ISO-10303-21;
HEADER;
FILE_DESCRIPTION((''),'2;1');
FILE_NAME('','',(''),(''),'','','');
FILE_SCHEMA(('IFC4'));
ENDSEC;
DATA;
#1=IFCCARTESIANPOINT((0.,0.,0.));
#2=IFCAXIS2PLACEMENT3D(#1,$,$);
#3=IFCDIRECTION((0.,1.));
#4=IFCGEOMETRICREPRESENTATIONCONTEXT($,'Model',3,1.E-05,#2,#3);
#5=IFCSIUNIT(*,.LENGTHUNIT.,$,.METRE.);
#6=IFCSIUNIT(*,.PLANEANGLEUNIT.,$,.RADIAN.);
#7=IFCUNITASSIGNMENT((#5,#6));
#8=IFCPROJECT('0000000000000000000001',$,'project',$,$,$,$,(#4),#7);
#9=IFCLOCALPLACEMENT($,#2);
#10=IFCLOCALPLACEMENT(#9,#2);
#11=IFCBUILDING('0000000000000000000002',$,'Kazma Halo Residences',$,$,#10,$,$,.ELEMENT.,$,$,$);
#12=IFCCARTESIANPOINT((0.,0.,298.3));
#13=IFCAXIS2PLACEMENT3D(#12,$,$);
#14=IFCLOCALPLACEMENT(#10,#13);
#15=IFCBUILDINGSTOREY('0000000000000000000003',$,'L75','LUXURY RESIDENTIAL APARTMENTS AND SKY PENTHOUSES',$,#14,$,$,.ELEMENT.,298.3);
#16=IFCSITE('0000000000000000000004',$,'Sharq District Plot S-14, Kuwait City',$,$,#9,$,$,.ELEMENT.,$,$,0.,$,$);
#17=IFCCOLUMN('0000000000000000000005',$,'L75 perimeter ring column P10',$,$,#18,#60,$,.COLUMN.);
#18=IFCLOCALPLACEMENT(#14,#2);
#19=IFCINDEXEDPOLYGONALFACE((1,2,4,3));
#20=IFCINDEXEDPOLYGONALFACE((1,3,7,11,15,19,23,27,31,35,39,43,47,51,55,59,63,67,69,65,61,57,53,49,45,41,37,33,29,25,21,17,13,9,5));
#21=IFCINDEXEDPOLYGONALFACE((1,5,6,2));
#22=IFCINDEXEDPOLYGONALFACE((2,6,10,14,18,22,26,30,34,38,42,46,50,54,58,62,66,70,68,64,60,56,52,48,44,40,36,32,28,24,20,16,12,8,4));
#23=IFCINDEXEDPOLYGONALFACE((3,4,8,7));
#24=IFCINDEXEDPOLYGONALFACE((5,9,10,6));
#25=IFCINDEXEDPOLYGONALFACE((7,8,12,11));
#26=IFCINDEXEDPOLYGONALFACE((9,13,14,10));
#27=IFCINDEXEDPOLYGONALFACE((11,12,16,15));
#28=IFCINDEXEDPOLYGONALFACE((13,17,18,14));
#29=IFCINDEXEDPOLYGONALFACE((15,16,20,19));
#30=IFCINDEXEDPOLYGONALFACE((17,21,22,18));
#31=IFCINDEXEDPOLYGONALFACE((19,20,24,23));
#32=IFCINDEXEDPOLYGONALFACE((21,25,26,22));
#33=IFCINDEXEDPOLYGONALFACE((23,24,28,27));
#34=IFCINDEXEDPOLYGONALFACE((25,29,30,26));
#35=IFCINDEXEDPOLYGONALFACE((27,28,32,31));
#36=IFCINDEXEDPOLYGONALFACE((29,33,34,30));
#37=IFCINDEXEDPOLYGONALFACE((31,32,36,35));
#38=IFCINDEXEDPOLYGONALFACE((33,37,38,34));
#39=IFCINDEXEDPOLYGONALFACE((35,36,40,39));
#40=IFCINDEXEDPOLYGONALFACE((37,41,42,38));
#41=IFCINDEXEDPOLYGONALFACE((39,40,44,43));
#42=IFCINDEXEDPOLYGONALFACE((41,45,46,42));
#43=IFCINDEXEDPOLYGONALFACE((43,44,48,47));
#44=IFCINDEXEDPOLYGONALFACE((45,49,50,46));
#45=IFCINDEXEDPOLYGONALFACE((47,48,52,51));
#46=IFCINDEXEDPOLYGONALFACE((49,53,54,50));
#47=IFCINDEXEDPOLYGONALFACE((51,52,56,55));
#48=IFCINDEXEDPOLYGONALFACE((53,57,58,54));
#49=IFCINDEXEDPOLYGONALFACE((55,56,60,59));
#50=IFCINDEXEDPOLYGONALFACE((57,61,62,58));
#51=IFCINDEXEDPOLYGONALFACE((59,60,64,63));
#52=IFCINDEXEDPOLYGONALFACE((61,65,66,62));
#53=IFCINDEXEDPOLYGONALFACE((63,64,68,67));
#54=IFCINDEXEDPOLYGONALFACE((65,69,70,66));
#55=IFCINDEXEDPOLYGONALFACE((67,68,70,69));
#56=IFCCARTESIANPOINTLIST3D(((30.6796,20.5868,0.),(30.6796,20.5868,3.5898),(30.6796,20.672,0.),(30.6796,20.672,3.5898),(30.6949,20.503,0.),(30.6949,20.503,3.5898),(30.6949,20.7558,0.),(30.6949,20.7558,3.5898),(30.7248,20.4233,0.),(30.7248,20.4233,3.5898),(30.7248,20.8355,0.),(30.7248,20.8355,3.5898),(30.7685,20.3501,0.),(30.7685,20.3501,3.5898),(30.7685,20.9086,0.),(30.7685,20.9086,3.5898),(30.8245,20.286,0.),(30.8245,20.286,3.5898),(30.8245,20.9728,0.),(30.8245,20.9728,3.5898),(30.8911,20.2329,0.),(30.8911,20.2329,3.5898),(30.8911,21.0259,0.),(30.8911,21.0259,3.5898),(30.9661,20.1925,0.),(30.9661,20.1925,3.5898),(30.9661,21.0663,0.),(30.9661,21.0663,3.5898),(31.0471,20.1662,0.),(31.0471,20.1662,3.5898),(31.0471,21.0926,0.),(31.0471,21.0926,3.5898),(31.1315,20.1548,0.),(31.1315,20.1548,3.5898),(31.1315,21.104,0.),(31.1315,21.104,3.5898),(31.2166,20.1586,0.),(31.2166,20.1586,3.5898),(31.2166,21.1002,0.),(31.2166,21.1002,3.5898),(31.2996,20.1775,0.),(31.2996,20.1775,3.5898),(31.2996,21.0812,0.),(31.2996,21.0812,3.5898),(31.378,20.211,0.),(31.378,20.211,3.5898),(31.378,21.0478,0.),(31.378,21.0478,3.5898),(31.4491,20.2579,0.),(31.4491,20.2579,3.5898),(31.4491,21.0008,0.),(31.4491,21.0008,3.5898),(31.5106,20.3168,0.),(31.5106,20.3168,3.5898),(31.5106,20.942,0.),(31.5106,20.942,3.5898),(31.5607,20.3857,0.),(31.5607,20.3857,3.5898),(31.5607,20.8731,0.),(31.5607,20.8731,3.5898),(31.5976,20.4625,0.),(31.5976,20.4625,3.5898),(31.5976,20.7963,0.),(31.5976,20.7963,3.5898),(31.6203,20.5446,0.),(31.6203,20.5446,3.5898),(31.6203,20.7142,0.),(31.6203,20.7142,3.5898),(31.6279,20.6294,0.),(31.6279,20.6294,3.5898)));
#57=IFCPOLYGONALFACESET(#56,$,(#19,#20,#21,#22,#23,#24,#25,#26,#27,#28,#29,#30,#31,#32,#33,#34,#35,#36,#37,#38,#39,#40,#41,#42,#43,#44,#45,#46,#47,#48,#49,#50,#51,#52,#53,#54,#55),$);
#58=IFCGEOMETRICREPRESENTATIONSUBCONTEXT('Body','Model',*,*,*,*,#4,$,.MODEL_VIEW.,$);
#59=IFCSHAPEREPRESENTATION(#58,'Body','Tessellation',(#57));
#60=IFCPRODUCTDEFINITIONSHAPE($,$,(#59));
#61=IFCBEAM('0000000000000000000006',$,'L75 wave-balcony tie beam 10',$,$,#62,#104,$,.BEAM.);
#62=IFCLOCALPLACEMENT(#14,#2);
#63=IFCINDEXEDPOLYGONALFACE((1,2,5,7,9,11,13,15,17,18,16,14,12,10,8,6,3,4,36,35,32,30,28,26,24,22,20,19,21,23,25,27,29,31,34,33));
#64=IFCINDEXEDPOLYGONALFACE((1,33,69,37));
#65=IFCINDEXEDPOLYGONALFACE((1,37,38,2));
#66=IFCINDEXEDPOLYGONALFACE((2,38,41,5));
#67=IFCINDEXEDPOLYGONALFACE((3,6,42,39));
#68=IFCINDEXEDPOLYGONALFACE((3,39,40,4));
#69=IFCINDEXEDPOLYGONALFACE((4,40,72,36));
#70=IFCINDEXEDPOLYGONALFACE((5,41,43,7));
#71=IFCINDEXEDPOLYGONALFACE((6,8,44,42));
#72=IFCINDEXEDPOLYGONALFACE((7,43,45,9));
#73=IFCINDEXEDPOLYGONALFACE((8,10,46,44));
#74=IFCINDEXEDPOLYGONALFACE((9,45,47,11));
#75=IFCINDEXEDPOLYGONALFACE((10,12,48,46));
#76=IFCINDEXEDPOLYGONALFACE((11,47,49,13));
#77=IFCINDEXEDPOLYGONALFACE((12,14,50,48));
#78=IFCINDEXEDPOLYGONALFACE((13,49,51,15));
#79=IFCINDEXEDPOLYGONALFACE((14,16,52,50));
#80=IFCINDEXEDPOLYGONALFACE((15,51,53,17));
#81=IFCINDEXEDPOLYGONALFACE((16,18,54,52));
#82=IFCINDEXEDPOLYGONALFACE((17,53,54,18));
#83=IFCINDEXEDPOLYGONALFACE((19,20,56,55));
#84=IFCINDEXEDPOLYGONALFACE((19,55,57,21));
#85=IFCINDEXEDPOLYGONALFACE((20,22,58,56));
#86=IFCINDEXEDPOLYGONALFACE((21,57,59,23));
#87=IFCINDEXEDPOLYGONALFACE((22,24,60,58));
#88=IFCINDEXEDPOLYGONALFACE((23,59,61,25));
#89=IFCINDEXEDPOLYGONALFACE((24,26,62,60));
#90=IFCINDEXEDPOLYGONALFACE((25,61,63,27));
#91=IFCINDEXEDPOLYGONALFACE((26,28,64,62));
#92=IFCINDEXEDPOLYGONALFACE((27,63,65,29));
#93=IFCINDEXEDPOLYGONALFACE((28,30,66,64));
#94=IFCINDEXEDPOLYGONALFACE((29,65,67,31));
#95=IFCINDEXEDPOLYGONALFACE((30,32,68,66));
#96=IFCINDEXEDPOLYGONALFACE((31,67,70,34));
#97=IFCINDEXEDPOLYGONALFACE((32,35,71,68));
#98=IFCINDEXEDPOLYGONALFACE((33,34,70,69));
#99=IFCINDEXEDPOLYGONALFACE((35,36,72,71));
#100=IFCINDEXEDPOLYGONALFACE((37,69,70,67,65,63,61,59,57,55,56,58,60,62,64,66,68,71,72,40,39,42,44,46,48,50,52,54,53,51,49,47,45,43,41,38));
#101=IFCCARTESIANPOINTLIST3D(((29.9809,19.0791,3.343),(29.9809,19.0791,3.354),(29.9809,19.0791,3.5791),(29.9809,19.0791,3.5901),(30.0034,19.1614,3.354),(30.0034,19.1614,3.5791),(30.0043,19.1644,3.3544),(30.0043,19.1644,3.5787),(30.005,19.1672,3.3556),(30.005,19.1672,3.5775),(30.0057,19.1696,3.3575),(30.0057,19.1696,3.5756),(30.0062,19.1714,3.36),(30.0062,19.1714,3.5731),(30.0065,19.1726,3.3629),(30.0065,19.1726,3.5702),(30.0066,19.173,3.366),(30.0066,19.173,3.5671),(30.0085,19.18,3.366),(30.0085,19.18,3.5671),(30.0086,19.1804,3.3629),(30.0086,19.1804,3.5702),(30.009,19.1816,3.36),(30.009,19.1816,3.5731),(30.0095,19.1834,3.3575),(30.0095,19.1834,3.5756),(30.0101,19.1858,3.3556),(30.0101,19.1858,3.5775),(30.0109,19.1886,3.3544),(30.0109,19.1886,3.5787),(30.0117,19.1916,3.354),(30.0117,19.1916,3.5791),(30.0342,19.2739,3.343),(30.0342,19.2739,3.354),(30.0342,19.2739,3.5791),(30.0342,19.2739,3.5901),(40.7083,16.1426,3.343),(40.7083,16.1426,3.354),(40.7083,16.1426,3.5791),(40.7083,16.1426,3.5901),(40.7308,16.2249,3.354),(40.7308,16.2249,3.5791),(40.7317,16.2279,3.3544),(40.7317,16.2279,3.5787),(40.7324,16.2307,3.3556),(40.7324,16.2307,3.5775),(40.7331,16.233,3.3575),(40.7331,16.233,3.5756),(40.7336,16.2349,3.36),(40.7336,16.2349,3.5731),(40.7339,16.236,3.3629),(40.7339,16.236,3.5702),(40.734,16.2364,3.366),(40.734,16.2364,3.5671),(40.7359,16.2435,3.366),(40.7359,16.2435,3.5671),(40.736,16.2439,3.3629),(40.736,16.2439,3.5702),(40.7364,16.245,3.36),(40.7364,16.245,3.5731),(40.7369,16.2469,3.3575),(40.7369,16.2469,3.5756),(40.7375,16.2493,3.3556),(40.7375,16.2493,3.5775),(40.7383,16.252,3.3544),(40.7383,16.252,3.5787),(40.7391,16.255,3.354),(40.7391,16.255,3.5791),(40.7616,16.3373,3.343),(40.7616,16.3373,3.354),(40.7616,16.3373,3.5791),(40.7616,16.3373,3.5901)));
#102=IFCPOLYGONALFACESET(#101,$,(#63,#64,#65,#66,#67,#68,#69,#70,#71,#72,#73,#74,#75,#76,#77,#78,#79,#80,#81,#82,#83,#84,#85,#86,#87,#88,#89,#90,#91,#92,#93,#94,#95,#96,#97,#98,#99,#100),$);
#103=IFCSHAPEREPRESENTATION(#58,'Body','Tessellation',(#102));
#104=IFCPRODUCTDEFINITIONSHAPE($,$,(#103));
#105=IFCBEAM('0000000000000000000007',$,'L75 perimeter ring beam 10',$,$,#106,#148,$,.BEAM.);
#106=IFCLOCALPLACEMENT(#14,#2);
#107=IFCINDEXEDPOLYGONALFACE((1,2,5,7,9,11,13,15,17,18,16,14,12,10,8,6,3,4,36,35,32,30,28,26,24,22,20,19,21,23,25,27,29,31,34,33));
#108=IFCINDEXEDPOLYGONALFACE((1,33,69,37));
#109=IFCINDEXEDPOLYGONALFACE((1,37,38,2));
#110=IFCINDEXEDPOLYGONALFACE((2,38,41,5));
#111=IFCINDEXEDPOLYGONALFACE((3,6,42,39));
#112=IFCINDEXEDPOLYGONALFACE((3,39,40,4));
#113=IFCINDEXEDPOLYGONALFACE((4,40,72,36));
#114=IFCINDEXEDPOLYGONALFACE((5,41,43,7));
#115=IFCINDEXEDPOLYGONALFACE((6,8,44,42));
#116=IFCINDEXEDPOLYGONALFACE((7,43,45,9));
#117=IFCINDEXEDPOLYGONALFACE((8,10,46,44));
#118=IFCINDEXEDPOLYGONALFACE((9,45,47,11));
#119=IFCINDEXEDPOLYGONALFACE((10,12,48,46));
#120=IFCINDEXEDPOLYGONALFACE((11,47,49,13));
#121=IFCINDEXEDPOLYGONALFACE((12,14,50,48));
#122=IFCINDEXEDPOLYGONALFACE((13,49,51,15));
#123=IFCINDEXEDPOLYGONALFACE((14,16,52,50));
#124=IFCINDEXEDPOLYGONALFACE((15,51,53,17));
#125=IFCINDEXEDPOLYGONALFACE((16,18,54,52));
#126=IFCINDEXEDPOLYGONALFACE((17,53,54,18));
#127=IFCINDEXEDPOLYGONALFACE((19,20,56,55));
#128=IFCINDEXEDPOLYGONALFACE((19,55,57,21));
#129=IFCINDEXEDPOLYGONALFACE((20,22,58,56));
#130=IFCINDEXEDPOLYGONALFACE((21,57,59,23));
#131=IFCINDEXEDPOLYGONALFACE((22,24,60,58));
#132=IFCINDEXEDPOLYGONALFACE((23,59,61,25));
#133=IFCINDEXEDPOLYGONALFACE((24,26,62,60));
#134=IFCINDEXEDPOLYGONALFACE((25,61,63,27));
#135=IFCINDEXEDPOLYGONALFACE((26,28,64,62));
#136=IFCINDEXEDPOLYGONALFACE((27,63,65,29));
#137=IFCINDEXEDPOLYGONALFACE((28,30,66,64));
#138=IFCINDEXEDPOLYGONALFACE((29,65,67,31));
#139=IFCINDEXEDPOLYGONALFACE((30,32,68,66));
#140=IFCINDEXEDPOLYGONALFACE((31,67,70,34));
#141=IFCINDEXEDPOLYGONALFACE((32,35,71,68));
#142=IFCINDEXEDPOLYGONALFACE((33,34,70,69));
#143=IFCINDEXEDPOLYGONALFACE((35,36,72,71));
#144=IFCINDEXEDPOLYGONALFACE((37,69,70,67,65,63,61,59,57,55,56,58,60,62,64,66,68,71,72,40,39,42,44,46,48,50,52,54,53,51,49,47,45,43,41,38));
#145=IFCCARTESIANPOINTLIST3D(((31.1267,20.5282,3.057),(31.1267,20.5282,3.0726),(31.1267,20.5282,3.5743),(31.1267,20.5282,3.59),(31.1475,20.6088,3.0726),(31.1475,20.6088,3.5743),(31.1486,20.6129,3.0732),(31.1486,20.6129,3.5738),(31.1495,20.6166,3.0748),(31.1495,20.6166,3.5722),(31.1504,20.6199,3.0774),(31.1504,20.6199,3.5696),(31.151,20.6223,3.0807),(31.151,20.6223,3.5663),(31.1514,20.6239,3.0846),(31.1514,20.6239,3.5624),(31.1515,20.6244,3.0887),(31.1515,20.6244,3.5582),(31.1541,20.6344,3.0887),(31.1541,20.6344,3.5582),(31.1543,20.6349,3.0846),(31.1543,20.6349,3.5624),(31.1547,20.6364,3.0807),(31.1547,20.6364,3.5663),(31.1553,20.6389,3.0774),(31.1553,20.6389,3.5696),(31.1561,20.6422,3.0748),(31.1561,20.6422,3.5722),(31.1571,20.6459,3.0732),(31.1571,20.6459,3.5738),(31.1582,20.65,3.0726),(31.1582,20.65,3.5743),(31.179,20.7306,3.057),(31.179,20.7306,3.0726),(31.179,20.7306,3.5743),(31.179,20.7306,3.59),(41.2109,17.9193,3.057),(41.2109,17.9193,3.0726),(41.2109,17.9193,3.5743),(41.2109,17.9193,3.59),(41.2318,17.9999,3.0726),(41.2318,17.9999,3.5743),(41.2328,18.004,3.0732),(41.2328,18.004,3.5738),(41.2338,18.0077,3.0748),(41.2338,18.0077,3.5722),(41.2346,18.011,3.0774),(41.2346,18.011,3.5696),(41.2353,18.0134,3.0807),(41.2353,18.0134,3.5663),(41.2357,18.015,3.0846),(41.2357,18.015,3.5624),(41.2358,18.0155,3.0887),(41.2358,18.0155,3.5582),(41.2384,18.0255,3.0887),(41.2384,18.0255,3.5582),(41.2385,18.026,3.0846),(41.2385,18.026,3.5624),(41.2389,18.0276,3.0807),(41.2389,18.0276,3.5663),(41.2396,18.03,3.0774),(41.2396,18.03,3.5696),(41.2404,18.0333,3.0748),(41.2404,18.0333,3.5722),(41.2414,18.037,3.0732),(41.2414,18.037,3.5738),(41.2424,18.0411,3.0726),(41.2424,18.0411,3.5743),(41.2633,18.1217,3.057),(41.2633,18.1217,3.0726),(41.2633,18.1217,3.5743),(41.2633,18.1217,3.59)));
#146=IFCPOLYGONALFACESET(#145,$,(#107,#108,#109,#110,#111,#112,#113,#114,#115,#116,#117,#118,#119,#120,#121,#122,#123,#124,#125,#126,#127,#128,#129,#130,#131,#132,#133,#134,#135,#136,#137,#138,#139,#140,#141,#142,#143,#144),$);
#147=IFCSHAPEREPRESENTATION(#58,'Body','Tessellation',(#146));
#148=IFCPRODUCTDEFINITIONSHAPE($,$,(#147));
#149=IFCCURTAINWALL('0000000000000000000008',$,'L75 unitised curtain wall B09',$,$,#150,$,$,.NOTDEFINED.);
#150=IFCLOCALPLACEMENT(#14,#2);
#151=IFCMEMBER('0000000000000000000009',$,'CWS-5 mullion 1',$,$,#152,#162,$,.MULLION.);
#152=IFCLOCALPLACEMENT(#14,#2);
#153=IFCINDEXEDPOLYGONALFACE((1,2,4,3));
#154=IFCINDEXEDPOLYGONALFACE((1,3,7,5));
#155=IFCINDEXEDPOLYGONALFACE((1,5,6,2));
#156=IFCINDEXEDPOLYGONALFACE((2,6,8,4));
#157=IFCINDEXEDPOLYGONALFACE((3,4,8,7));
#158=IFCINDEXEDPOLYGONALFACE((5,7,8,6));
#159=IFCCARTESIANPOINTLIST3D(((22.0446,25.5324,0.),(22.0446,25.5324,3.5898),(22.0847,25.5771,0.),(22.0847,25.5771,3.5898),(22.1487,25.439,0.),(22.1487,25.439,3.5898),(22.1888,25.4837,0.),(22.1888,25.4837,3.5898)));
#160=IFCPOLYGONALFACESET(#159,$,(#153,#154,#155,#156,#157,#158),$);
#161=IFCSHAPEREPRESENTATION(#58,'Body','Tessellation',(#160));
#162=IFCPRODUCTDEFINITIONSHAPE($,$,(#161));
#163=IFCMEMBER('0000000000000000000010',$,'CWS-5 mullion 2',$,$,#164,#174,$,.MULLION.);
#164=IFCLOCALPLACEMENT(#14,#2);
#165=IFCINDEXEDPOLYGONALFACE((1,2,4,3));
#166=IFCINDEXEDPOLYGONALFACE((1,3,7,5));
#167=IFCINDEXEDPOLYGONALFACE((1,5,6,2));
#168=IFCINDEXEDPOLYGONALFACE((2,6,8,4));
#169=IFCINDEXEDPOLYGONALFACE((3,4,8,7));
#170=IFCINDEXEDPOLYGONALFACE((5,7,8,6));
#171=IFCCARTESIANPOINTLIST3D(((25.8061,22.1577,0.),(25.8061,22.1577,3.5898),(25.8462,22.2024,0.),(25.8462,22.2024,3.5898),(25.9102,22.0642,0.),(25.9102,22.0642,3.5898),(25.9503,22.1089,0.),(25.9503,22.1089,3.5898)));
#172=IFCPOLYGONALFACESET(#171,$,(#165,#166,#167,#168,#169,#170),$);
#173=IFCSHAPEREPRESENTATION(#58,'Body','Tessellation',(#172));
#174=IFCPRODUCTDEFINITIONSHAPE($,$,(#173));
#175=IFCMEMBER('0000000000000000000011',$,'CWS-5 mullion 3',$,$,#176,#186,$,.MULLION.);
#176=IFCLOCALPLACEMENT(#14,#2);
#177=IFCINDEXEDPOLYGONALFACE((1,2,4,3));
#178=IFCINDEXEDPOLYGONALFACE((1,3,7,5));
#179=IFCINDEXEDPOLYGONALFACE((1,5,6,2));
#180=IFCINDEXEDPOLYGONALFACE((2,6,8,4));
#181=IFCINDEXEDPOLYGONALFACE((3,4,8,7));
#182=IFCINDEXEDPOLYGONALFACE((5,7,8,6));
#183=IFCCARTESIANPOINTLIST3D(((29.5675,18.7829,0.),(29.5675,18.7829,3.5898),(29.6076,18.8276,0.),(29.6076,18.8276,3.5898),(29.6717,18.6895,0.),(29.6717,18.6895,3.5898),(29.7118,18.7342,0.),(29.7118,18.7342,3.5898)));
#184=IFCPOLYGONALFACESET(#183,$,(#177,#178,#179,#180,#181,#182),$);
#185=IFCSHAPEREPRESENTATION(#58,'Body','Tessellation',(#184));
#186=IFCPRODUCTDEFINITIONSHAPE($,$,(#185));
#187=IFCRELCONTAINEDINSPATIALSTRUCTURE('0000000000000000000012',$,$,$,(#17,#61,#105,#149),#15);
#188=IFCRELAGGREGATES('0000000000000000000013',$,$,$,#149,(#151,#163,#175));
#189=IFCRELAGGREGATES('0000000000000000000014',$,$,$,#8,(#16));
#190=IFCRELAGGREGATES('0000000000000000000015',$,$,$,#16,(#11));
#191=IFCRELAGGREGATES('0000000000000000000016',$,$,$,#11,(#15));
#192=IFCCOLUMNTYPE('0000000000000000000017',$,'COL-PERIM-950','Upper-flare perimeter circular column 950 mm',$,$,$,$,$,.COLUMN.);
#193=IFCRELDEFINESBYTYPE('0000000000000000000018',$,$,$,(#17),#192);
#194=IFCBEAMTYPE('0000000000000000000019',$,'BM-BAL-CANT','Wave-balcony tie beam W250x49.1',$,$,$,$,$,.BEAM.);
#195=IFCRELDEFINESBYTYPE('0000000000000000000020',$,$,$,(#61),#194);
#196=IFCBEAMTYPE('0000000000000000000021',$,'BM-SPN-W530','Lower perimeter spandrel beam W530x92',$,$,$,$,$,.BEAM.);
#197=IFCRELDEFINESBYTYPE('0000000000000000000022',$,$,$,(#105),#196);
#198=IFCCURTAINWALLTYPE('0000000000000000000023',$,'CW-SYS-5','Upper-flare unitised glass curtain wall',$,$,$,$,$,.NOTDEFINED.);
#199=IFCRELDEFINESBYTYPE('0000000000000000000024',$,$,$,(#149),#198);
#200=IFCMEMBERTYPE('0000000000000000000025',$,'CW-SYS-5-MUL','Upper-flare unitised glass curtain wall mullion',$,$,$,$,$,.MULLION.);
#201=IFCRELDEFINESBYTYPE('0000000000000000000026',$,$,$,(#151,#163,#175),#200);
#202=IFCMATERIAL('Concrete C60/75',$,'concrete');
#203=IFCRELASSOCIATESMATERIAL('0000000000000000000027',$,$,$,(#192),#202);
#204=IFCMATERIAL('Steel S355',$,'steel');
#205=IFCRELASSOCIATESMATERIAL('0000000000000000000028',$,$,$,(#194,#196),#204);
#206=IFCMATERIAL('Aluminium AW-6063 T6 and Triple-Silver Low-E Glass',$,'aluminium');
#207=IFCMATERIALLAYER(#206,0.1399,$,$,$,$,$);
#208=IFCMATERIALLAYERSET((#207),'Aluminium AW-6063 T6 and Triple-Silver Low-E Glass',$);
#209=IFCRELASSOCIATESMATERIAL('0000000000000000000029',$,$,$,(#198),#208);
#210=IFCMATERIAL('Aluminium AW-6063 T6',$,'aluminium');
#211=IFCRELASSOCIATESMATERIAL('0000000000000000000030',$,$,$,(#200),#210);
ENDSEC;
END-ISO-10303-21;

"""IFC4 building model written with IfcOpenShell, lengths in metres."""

from ifc_helpers import new_model, si_unit, direction, frame, origin, origin_2d, place, context, subcontext, project, spatial, rectangle, circle, i_section, extrude, material, layer, layer_set, material_profile, profile_set, type_object, element, aggregate, save


model = new_model("IFC4")

# Units and contexts
model_context = context("Model", 3, precision=1e-05, world=origin(), true_north=direction((0.0, 1.0)))
body_context = subcontext(model_context, "Body", "Model", "MODEL_VIEW")
ifc_project = project(units=[si_unit("LENGTHUNIT", "METRE"), si_unit("PLANEANGLEUNIT", "RADIAN")], contexts=[model_context])

# Site, building, storey
site_placement = place(None, origin())
site = spatial("IfcSite", under=ifc_project, at=site_placement, Name="Sharq District Plot S-14, Kuwait City", CompositionType="ELEMENT", RefElevation=0.0)
building_placement = place(site_placement, origin())
building = spatial("IfcBuilding", under=site, at=building_placement, Name="Kazma Halo Residences", CompositionType="ELEMENT")
storey_placement = place(building_placement, frame((0.0, 0.0, 298.3)))
storey = spatial("IfcBuildingStorey", under=building, at=storey_placement, Name="L75", Description="LUXURY RESIDENTIAL APARTMENTS AND SKY PENTHOUSES", CompositionType="ELEMENT", Elevation=298.3)

# Column
ifc_material_1 = material(Name="Concrete C60/75", Category="concrete")
ifc_material_profile_1 = material_profile(ifc_material_1, circle(Radius=0.4751, at=origin_2d()), Name="CIRC950")
ifc_profile_set_1 = profile_set([ifc_material_profile_1], Name="Concrete C60/75")
column_type = type_object("IfcColumnType", Name="COL-PERIM-950", Description="Upper-flare perimeter circular column 950 mm", PredefinedType="COLUMN", material=ifc_profile_set_1)
column_placement = place(storey_placement, frame((31.1528, 20.6294, 0.0), z_axis=(0.0, 0.0, 1.0), x_axis=(1.0, 0.0, 0.0)))
element("IfcColumn", 1, at=column_placement, inside=storey, type_object=column_type, Name="L75 perimeter ring column P10", PredefinedType="COLUMN", context=body_context, shape_type="SweptSolid", body=[
    extrude(circle(Radius=0.4751, at=origin_2d()), origin(), (0.0, 0.0, 1.0), 3.5898),
])

# Beams
ifc_material_2 = material(Name="Steel S355", Category="steel")
ifc_material_profile_2 = material_profile(ifc_material_2, i_section(OverallWidth=0.2019, OverallDepth=0.2471, WebThickness=0.0073, FlangeThickness=0.011, FilletRadius=0.012, at=origin_2d()), Name="W250x49.1")
ifc_profile_set_2 = profile_set([ifc_material_profile_2], Name="Steel S355")
beam_type_1 = type_object("IfcBeamType", Name="BM-BAL-CANT", Description="Wave-balcony tie beam W250x49.1", PredefinedType="BEAM", material=ifc_profile_set_2)
beam_1_placement = place(storey_placement, frame((30.0076, 19.1765, 3.4666), z_axis=(0.964515, -0.264029, 0.0), x_axis=(0.264029, 0.964515, 0.0)))
element("IfcBeam", 2, at=beam_1_placement, inside=storey, type_object=beam_type_1, Name="L75 wave-balcony tie beam 10", PredefinedType="BEAM", context=body_context, shape_type="SweptSolid", body=[
    extrude(i_section(OverallWidth=0.2019, OverallDepth=0.2471, WebThickness=0.0073, FlangeThickness=0.011, FilletRadius=0.012, at=origin_2d()), origin(), (0.0, 0.0, 1.0), 11.1221),
])
ifc_material_profile_3 = material_profile(ifc_material_2, i_section(OverallWidth=0.209, OverallDepth=0.533, WebThickness=0.0103, FlangeThickness=0.0156, FilletRadius=0.0161, at=origin_2d()), Name="W530x92")
ifc_profile_set_3 = profile_set([ifc_material_profile_3], Name="Steel S355")
beam_type_2 = type_object("IfcBeamType", Name="BM-SPN-W530", Description="Lower perimeter spandrel beam W530x92", PredefinedType="BEAM", material=ifc_profile_set_3)
beam_2_placement = place(storey_placement, frame((31.1528, 20.6294, 3.3235), z_axis=(0.968126, -0.250464, 0.0), x_axis=(0.250464, 0.968126, 0.0)))
element("IfcBeam", 3, at=beam_2_placement, inside=storey, type_object=beam_type_2, Name="L75 perimeter ring beam 10", PredefinedType="BEAM", context=body_context, shape_type="SweptSolid", body=[
    extrude(i_section(OverallWidth=0.209, OverallDepth=0.533, WebThickness=0.0103, FlangeThickness=0.0156, FilletRadius=0.0161, at=origin_2d()), origin(), (0.0, 0.0, 1.0), 10.4163),
])

# Curtain wall, members
ifc_material_3 = material(Name="Aluminium AW-6063 T6 and Triple-Silver Low-E Glass", Category="aluminium")
ifc_layer_1 = layer(ifc_material_3, 0.1399)
ifc_layer_set_1 = layer_set([ifc_layer_1], Name="Aluminium AW-6063 T6 and Triple-Silver Low-E Glass")
curtain_wall_type = type_object("IfcCurtainWallType", Name="CW-SYS-5", Description="Upper-flare unitised glass curtain wall", PredefinedType="NOTDEFINED", material=ifc_layer_set_1)
curtain_wall_placement = place(storey_placement, origin())
curtain_wall = element("IfcCurtainWall", 4, at=curtain_wall_placement, inside=storey, type_object=curtain_wall_type, Name="L75 unitised curtain wall B09", PredefinedType="NOTDEFINED")
ifc_material_4 = material(Name="Aluminium AW-6063 T6", Category="aluminium")
ifc_material_profile_4 = material_profile(ifc_material_4, rectangle(XDim=0.0601, YDim=0.1399, at=origin_2d()), Name="CWM-60x140")
ifc_profile_set_4 = profile_set([ifc_material_profile_4], Name="Aluminium AW-6063 T6")
member_type_1 = type_object("IfcMemberType", Name="CW-SYS-5-MUL", Description="Upper-flare unitised glass curtain wall mullion", PredefinedType="MULLION", material=ifc_profile_set_4)
member_1_placement = place(storey_placement, frame((22.1167, 25.5081, 0.0), z_axis=(0.0, 0.0, 1.0), x_axis=(0.667805, 0.744336, 0.0)))
member_1 = element("IfcMember", 5, at=member_1_placement, type_object=member_type_1, Name="CWS-5 mullion 1", PredefinedType="MULLION", context=body_context, shape_type="SweptSolid", body=[
    extrude(rectangle(XDim=0.0601, YDim=0.1399, at=origin_2d()), origin(), (0.0, 0.0, 1.0), 3.5898),
])
member_2_placement = place(storey_placement, frame((25.8782, 22.1333, 0.0), z_axis=(0.0, 0.0, 1.0), x_axis=(0.667805, 0.744336, 0.0)))
member_2 = element("IfcMember", 6, at=member_2_placement, type_object=member_type_1, Name="CWS-5 mullion 2", PredefinedType="MULLION", context=body_context, shape_type="SweptSolid", body=[
    extrude(rectangle(XDim=0.0601, YDim=0.1399, at=origin_2d()), origin(), (0.0, 0.0, 1.0), 3.5898),
])
member_3_placement = place(storey_placement, frame((29.6396, 18.7585, 0.0), z_axis=(0.0, 0.0, 1.0), x_axis=(0.667805, 0.744336, 0.0)))
member_3 = element("IfcMember", 7, at=member_3_placement, type_object=member_type_1, Name="CWS-5 mullion 3", PredefinedType="MULLION", context=body_context, shape_type="SweptSolid", body=[
    extrude(rectangle(XDim=0.0601, YDim=0.1399, at=origin_2d()), origin(), (0.0, 0.0, 1.0), 3.5898),
])
aggregate(curtain_wall, [member_1, member_2, member_3])

save(model, "model.ifc")
